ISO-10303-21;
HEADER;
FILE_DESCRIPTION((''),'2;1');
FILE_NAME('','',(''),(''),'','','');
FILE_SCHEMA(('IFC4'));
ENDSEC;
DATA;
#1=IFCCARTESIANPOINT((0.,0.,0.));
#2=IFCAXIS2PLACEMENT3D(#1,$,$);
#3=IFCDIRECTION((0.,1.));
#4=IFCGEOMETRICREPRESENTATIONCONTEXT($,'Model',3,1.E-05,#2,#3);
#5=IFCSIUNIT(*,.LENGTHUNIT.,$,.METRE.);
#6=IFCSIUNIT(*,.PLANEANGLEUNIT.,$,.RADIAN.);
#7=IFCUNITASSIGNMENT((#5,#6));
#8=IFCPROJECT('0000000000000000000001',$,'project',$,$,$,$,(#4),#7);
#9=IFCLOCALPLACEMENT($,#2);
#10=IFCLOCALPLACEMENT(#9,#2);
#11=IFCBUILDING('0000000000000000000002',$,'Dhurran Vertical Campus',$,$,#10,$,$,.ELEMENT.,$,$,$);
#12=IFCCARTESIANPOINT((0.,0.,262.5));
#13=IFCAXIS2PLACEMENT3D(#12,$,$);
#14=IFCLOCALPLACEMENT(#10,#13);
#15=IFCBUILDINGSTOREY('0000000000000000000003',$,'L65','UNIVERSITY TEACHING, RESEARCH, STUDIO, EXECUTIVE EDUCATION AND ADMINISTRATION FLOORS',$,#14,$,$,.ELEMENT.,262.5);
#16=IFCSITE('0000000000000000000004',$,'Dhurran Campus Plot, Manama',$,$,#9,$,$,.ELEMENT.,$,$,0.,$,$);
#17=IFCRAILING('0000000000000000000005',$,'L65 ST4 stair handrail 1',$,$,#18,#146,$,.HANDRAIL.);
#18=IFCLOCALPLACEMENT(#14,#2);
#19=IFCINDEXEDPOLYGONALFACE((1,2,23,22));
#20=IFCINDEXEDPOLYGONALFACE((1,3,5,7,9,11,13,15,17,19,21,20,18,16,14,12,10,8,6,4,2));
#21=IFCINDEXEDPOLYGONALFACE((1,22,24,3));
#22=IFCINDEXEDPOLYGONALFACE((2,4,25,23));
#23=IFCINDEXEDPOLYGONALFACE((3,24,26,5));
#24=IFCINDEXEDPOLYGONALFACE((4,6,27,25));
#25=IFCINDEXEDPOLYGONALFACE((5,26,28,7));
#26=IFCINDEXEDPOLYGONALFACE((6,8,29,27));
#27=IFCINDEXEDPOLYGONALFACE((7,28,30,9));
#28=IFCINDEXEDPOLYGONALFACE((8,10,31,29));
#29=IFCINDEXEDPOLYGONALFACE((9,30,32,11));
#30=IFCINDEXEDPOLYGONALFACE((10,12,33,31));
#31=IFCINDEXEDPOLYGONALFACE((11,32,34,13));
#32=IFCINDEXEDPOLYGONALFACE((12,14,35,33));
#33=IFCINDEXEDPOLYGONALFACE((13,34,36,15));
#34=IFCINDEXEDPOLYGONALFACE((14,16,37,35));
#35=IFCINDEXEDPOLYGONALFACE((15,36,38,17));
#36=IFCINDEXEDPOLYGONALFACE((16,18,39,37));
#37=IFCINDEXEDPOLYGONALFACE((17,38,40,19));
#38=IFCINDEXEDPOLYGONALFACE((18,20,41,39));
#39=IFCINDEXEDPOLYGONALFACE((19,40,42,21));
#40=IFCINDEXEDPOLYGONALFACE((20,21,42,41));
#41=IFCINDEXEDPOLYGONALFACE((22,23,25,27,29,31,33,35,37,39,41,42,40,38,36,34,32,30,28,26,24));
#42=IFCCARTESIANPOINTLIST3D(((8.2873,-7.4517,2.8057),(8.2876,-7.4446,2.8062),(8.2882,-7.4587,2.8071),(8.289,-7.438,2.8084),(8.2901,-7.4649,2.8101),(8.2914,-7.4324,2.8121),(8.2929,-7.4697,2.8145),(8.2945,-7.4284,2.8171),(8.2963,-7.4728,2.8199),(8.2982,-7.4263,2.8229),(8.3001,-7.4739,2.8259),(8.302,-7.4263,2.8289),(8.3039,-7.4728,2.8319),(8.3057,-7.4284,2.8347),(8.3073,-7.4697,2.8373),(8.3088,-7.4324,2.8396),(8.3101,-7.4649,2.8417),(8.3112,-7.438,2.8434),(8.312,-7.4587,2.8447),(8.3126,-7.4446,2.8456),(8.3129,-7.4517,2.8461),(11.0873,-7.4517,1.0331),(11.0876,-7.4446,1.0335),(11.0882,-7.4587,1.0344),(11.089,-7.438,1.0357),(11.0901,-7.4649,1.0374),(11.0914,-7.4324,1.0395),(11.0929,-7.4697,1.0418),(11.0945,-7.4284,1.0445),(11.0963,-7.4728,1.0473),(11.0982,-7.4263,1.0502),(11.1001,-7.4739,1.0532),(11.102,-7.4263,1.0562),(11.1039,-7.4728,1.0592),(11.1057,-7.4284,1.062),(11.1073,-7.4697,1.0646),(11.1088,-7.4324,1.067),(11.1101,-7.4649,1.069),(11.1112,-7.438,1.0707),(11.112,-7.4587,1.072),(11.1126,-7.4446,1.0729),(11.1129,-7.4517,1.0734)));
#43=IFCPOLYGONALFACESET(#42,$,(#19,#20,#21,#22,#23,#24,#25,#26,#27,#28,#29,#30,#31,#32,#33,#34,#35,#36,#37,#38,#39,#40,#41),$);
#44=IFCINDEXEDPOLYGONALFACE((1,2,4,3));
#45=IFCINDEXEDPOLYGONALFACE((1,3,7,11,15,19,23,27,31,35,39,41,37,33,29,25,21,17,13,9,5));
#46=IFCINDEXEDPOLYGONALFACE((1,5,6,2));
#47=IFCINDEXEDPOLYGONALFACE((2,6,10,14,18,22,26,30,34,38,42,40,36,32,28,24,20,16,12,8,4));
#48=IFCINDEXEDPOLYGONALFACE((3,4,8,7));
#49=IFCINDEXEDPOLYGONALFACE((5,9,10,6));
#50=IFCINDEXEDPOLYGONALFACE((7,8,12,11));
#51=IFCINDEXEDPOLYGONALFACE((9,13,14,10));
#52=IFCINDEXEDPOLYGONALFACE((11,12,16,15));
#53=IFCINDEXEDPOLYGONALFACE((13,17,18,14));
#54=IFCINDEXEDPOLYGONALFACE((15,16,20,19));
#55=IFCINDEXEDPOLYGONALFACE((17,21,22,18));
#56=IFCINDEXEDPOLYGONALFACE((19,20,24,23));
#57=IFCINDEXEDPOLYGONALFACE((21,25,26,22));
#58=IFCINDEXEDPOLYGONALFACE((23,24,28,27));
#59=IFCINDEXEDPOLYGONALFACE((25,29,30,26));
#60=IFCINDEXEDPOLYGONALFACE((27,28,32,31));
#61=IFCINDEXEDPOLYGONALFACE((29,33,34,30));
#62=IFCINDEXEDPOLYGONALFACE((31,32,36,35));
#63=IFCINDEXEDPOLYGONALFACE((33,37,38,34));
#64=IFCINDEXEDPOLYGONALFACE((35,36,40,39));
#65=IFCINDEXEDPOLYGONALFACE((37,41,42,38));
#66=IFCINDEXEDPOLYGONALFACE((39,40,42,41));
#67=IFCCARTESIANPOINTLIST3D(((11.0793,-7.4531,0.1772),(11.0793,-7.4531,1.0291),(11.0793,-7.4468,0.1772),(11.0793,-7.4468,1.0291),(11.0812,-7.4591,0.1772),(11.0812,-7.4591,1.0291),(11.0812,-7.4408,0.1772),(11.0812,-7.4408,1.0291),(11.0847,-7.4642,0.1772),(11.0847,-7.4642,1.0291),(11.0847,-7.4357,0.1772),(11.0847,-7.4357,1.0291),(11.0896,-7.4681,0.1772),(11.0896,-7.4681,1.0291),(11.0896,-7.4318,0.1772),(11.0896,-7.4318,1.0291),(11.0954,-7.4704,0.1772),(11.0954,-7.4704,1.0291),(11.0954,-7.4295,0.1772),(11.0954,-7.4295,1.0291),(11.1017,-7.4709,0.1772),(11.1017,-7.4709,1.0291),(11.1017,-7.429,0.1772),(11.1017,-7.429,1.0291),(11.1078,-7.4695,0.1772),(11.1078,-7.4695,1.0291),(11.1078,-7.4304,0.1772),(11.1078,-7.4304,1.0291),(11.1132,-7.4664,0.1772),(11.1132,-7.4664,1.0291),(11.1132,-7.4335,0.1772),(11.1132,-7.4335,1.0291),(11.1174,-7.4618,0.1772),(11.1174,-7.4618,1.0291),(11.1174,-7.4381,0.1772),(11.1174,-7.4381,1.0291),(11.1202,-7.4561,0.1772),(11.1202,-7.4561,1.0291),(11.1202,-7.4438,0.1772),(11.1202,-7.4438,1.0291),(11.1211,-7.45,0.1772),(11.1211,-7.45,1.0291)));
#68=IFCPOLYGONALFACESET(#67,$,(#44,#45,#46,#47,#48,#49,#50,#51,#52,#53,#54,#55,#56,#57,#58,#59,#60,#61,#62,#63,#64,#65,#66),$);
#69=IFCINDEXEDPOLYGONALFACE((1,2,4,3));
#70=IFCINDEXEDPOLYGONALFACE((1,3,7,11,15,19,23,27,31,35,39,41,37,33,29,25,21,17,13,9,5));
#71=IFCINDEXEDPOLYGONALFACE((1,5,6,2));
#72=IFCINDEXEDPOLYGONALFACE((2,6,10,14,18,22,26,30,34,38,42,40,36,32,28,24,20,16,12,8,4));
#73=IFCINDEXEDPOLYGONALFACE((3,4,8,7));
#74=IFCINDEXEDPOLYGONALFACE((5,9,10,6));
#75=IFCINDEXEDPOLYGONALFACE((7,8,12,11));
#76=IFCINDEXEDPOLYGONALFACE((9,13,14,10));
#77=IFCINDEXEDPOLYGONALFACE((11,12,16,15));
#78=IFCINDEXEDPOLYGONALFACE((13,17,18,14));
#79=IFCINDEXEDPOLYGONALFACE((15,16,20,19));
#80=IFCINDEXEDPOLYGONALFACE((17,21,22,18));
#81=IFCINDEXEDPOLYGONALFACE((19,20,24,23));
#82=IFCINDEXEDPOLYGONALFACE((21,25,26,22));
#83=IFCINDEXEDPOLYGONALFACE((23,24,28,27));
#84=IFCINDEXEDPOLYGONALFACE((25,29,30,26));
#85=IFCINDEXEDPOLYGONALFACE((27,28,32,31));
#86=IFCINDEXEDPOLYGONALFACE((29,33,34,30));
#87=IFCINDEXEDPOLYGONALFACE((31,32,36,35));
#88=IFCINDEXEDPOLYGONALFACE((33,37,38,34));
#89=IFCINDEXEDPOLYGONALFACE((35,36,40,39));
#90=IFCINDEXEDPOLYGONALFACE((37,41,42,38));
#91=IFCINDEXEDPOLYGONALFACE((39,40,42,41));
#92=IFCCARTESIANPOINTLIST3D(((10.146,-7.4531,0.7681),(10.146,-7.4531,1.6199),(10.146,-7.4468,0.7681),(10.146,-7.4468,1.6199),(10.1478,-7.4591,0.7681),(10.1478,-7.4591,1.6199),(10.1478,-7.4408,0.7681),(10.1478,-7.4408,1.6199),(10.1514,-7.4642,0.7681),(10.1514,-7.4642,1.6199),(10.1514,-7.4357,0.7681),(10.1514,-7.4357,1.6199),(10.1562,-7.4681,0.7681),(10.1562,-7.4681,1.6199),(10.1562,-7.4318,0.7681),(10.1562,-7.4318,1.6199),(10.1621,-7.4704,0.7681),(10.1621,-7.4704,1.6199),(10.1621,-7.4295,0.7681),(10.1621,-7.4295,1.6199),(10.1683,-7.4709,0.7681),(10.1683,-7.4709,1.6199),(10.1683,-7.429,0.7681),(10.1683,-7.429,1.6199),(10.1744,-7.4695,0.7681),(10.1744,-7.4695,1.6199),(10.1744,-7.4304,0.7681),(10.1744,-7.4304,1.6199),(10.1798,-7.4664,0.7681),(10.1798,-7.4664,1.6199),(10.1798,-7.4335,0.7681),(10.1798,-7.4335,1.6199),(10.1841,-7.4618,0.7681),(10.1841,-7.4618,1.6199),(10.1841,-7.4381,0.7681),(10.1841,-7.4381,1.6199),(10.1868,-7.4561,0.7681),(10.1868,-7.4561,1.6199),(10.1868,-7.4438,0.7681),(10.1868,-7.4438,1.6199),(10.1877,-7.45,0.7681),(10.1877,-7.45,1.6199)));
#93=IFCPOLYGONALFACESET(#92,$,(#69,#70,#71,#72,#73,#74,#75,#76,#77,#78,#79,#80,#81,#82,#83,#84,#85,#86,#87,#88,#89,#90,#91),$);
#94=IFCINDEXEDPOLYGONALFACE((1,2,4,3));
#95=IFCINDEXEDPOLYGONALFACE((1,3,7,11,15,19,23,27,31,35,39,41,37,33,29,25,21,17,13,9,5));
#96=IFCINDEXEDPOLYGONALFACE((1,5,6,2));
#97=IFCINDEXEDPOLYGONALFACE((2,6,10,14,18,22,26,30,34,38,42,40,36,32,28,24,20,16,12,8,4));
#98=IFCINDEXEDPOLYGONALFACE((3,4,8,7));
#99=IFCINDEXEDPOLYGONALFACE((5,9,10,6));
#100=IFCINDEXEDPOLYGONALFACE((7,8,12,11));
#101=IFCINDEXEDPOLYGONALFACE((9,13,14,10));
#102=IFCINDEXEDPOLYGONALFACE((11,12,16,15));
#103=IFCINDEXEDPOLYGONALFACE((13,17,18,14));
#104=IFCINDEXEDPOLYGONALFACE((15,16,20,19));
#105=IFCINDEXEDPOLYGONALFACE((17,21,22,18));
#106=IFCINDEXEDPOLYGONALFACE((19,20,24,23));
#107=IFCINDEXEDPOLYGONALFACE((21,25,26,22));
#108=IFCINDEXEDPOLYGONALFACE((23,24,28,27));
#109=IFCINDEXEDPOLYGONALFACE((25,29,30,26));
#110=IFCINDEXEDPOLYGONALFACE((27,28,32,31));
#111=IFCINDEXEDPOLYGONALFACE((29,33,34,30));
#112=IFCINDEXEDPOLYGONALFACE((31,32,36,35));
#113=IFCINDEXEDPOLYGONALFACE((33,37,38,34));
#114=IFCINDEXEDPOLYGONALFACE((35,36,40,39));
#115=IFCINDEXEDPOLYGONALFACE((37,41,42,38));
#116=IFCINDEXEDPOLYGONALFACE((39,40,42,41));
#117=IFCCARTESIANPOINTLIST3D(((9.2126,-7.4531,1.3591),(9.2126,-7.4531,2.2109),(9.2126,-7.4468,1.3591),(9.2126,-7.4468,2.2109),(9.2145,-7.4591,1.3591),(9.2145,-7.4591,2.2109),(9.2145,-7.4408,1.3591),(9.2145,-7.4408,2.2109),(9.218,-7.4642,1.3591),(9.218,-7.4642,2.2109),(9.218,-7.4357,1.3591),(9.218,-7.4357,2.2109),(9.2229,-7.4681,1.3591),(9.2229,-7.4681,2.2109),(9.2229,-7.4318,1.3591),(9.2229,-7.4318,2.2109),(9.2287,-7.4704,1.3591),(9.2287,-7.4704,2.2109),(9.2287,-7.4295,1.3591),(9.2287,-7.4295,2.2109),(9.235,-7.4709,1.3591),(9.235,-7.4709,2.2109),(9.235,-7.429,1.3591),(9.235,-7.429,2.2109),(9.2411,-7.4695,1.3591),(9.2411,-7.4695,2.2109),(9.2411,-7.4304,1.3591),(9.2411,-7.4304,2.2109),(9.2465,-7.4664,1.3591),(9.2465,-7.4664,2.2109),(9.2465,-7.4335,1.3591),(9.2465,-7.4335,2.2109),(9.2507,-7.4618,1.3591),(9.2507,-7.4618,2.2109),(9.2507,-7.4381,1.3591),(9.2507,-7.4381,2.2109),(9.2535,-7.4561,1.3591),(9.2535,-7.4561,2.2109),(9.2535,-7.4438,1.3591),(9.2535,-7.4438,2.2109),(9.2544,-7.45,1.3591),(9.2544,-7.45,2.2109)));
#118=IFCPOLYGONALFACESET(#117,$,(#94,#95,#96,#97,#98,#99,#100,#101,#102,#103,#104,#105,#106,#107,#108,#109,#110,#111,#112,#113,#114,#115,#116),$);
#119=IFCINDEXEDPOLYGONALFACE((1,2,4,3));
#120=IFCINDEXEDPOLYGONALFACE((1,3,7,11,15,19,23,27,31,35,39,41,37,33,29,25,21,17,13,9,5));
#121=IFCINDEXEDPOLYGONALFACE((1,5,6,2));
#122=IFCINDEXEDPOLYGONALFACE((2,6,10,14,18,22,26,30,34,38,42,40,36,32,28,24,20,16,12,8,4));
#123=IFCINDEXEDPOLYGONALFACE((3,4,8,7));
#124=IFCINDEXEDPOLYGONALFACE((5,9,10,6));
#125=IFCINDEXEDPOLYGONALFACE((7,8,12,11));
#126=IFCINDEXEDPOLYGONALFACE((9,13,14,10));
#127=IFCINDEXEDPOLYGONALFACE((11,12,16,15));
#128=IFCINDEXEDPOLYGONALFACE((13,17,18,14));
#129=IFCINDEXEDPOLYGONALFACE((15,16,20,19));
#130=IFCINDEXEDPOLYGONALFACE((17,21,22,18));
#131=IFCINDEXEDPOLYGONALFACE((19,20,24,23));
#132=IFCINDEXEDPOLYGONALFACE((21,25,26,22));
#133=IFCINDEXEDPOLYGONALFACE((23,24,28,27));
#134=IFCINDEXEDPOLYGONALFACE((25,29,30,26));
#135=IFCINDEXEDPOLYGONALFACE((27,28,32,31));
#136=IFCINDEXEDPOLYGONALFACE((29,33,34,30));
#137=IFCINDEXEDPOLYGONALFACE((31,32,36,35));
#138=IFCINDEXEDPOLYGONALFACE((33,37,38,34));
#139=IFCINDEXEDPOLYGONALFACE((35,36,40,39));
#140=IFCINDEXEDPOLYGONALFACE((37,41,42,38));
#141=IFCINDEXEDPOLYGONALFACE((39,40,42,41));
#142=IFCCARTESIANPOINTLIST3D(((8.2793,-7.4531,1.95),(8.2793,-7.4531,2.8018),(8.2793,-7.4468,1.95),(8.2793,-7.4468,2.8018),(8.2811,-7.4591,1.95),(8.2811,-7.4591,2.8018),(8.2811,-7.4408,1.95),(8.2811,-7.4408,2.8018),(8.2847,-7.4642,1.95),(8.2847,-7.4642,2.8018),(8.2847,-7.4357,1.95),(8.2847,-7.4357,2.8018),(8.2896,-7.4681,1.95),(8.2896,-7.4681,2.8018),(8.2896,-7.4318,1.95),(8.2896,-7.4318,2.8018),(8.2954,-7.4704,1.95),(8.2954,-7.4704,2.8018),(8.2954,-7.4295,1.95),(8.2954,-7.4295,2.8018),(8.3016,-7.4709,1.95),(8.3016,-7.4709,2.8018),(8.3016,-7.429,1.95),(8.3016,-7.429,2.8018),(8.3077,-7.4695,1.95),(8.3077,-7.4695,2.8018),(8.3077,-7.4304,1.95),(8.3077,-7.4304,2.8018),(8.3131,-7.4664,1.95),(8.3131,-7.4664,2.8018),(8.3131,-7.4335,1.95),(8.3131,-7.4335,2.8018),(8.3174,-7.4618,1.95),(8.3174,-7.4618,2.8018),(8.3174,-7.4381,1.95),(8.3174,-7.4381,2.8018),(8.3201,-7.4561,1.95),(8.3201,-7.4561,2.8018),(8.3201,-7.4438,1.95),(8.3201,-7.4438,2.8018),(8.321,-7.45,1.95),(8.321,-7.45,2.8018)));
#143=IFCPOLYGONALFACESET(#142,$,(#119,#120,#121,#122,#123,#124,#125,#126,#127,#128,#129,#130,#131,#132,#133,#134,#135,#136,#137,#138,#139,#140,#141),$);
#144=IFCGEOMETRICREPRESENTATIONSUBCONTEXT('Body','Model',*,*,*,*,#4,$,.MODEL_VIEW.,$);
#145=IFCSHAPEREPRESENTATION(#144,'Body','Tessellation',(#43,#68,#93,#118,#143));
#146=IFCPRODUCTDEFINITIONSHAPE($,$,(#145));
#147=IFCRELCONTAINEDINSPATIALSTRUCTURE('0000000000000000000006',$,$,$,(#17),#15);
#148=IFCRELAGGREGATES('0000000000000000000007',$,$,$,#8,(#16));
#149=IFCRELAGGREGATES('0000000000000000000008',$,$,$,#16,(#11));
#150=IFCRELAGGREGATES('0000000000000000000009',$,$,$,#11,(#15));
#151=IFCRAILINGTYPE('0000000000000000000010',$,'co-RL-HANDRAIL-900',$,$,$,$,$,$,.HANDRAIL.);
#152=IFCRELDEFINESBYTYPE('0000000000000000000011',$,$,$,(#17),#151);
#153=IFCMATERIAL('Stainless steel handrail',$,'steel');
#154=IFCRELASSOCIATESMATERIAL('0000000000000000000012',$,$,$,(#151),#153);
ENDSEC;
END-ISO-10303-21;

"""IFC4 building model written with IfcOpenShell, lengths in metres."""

from ifc_helpers import new_model, si_unit, direction, frame, origin, origin_2d, place, context, subcontext, project, spatial, circle, extrude, material, type_object, element, save


model = new_model("IFC4")

# Units and contexts
model_context = context("Model", 3, precision=1e-05, world=origin(), true_north=direction((0.0, 1.0)))
body_context = subcontext(model_context, "Body", "Model", "MODEL_VIEW")
ifc_project = project(units=[si_unit("LENGTHUNIT", "METRE"), si_unit("PLANEANGLEUNIT", "RADIAN")], contexts=[model_context])

# Site, building, storey
site_placement = place(None, origin())
site = spatial("IfcSite", under=ifc_project, at=site_placement, Name="Dhurran Campus Plot, Manama", CompositionType="ELEMENT", RefElevation=0.0)
building_placement = place(site_placement, origin())
building = spatial("IfcBuilding", under=site, at=building_placement, Name="Dhurran Vertical Campus", CompositionType="ELEMENT")
storey_placement = place(building_placement, frame((0.0, 0.0, 262.5)))
storey = spatial("IfcBuildingStorey", under=building, at=storey_placement, Name="L65", Description="UNIVERSITY TEACHING, RESEARCH, STUDIO, EXECUTIVE EDUCATION AND ADMINISTRATION FLOORS", CompositionType="ELEMENT", Elevation=262.5)

# Railing
ifc_material_1 = material(Name="Stainless steel handrail", Category="steel")
railing_type_1 = type_object("IfcRailingType", Name="co-RL-HANDRAIL-900", PredefinedType="HANDRAIL", material=ifc_material_1)
railing_1_placement = place(storey_placement, frame((11.1001, -7.45, 0.1772)))
element("IfcRailing", 1, at=railing_1_placement, inside=storey, type_object=railing_type_1, Name="L65 ST4 stair handrail 1", PredefinedType="HANDRAIL", context=body_context, shape_type="SweptSolid", body=[
    extrude(circle(Radius=0.0239, at=origin_2d()), frame((0.0, 0.0, 0.876), z_axis=(-0.844909, 0.0, 0.53491), x_axis=(0.0, -1.0, 0.0)), (0.0, 0.0, 1.0), 3.314),
    extrude(circle(Radius=0.021, at=origin_2d()), origin(), (0.0, 0.0, 1.0), 0.8518),
    extrude(circle(Radius=0.021, at=origin_2d()), frame((-0.9333, 0.0, 0.5908)), (0.0, 0.0, 1.0), 0.8518),
    extrude(circle(Radius=0.021, at=origin_2d()), frame((-1.8667, 0.0, 1.1819)), (0.0, 0.0, 1.0), 0.8518),
    extrude(circle(Radius=0.021, at=origin_2d()), frame((-2.8, 0.0, 1.7727)), (0.0, 0.0, 1.0), 0.8518),
])

save(model, "model.ifc")
